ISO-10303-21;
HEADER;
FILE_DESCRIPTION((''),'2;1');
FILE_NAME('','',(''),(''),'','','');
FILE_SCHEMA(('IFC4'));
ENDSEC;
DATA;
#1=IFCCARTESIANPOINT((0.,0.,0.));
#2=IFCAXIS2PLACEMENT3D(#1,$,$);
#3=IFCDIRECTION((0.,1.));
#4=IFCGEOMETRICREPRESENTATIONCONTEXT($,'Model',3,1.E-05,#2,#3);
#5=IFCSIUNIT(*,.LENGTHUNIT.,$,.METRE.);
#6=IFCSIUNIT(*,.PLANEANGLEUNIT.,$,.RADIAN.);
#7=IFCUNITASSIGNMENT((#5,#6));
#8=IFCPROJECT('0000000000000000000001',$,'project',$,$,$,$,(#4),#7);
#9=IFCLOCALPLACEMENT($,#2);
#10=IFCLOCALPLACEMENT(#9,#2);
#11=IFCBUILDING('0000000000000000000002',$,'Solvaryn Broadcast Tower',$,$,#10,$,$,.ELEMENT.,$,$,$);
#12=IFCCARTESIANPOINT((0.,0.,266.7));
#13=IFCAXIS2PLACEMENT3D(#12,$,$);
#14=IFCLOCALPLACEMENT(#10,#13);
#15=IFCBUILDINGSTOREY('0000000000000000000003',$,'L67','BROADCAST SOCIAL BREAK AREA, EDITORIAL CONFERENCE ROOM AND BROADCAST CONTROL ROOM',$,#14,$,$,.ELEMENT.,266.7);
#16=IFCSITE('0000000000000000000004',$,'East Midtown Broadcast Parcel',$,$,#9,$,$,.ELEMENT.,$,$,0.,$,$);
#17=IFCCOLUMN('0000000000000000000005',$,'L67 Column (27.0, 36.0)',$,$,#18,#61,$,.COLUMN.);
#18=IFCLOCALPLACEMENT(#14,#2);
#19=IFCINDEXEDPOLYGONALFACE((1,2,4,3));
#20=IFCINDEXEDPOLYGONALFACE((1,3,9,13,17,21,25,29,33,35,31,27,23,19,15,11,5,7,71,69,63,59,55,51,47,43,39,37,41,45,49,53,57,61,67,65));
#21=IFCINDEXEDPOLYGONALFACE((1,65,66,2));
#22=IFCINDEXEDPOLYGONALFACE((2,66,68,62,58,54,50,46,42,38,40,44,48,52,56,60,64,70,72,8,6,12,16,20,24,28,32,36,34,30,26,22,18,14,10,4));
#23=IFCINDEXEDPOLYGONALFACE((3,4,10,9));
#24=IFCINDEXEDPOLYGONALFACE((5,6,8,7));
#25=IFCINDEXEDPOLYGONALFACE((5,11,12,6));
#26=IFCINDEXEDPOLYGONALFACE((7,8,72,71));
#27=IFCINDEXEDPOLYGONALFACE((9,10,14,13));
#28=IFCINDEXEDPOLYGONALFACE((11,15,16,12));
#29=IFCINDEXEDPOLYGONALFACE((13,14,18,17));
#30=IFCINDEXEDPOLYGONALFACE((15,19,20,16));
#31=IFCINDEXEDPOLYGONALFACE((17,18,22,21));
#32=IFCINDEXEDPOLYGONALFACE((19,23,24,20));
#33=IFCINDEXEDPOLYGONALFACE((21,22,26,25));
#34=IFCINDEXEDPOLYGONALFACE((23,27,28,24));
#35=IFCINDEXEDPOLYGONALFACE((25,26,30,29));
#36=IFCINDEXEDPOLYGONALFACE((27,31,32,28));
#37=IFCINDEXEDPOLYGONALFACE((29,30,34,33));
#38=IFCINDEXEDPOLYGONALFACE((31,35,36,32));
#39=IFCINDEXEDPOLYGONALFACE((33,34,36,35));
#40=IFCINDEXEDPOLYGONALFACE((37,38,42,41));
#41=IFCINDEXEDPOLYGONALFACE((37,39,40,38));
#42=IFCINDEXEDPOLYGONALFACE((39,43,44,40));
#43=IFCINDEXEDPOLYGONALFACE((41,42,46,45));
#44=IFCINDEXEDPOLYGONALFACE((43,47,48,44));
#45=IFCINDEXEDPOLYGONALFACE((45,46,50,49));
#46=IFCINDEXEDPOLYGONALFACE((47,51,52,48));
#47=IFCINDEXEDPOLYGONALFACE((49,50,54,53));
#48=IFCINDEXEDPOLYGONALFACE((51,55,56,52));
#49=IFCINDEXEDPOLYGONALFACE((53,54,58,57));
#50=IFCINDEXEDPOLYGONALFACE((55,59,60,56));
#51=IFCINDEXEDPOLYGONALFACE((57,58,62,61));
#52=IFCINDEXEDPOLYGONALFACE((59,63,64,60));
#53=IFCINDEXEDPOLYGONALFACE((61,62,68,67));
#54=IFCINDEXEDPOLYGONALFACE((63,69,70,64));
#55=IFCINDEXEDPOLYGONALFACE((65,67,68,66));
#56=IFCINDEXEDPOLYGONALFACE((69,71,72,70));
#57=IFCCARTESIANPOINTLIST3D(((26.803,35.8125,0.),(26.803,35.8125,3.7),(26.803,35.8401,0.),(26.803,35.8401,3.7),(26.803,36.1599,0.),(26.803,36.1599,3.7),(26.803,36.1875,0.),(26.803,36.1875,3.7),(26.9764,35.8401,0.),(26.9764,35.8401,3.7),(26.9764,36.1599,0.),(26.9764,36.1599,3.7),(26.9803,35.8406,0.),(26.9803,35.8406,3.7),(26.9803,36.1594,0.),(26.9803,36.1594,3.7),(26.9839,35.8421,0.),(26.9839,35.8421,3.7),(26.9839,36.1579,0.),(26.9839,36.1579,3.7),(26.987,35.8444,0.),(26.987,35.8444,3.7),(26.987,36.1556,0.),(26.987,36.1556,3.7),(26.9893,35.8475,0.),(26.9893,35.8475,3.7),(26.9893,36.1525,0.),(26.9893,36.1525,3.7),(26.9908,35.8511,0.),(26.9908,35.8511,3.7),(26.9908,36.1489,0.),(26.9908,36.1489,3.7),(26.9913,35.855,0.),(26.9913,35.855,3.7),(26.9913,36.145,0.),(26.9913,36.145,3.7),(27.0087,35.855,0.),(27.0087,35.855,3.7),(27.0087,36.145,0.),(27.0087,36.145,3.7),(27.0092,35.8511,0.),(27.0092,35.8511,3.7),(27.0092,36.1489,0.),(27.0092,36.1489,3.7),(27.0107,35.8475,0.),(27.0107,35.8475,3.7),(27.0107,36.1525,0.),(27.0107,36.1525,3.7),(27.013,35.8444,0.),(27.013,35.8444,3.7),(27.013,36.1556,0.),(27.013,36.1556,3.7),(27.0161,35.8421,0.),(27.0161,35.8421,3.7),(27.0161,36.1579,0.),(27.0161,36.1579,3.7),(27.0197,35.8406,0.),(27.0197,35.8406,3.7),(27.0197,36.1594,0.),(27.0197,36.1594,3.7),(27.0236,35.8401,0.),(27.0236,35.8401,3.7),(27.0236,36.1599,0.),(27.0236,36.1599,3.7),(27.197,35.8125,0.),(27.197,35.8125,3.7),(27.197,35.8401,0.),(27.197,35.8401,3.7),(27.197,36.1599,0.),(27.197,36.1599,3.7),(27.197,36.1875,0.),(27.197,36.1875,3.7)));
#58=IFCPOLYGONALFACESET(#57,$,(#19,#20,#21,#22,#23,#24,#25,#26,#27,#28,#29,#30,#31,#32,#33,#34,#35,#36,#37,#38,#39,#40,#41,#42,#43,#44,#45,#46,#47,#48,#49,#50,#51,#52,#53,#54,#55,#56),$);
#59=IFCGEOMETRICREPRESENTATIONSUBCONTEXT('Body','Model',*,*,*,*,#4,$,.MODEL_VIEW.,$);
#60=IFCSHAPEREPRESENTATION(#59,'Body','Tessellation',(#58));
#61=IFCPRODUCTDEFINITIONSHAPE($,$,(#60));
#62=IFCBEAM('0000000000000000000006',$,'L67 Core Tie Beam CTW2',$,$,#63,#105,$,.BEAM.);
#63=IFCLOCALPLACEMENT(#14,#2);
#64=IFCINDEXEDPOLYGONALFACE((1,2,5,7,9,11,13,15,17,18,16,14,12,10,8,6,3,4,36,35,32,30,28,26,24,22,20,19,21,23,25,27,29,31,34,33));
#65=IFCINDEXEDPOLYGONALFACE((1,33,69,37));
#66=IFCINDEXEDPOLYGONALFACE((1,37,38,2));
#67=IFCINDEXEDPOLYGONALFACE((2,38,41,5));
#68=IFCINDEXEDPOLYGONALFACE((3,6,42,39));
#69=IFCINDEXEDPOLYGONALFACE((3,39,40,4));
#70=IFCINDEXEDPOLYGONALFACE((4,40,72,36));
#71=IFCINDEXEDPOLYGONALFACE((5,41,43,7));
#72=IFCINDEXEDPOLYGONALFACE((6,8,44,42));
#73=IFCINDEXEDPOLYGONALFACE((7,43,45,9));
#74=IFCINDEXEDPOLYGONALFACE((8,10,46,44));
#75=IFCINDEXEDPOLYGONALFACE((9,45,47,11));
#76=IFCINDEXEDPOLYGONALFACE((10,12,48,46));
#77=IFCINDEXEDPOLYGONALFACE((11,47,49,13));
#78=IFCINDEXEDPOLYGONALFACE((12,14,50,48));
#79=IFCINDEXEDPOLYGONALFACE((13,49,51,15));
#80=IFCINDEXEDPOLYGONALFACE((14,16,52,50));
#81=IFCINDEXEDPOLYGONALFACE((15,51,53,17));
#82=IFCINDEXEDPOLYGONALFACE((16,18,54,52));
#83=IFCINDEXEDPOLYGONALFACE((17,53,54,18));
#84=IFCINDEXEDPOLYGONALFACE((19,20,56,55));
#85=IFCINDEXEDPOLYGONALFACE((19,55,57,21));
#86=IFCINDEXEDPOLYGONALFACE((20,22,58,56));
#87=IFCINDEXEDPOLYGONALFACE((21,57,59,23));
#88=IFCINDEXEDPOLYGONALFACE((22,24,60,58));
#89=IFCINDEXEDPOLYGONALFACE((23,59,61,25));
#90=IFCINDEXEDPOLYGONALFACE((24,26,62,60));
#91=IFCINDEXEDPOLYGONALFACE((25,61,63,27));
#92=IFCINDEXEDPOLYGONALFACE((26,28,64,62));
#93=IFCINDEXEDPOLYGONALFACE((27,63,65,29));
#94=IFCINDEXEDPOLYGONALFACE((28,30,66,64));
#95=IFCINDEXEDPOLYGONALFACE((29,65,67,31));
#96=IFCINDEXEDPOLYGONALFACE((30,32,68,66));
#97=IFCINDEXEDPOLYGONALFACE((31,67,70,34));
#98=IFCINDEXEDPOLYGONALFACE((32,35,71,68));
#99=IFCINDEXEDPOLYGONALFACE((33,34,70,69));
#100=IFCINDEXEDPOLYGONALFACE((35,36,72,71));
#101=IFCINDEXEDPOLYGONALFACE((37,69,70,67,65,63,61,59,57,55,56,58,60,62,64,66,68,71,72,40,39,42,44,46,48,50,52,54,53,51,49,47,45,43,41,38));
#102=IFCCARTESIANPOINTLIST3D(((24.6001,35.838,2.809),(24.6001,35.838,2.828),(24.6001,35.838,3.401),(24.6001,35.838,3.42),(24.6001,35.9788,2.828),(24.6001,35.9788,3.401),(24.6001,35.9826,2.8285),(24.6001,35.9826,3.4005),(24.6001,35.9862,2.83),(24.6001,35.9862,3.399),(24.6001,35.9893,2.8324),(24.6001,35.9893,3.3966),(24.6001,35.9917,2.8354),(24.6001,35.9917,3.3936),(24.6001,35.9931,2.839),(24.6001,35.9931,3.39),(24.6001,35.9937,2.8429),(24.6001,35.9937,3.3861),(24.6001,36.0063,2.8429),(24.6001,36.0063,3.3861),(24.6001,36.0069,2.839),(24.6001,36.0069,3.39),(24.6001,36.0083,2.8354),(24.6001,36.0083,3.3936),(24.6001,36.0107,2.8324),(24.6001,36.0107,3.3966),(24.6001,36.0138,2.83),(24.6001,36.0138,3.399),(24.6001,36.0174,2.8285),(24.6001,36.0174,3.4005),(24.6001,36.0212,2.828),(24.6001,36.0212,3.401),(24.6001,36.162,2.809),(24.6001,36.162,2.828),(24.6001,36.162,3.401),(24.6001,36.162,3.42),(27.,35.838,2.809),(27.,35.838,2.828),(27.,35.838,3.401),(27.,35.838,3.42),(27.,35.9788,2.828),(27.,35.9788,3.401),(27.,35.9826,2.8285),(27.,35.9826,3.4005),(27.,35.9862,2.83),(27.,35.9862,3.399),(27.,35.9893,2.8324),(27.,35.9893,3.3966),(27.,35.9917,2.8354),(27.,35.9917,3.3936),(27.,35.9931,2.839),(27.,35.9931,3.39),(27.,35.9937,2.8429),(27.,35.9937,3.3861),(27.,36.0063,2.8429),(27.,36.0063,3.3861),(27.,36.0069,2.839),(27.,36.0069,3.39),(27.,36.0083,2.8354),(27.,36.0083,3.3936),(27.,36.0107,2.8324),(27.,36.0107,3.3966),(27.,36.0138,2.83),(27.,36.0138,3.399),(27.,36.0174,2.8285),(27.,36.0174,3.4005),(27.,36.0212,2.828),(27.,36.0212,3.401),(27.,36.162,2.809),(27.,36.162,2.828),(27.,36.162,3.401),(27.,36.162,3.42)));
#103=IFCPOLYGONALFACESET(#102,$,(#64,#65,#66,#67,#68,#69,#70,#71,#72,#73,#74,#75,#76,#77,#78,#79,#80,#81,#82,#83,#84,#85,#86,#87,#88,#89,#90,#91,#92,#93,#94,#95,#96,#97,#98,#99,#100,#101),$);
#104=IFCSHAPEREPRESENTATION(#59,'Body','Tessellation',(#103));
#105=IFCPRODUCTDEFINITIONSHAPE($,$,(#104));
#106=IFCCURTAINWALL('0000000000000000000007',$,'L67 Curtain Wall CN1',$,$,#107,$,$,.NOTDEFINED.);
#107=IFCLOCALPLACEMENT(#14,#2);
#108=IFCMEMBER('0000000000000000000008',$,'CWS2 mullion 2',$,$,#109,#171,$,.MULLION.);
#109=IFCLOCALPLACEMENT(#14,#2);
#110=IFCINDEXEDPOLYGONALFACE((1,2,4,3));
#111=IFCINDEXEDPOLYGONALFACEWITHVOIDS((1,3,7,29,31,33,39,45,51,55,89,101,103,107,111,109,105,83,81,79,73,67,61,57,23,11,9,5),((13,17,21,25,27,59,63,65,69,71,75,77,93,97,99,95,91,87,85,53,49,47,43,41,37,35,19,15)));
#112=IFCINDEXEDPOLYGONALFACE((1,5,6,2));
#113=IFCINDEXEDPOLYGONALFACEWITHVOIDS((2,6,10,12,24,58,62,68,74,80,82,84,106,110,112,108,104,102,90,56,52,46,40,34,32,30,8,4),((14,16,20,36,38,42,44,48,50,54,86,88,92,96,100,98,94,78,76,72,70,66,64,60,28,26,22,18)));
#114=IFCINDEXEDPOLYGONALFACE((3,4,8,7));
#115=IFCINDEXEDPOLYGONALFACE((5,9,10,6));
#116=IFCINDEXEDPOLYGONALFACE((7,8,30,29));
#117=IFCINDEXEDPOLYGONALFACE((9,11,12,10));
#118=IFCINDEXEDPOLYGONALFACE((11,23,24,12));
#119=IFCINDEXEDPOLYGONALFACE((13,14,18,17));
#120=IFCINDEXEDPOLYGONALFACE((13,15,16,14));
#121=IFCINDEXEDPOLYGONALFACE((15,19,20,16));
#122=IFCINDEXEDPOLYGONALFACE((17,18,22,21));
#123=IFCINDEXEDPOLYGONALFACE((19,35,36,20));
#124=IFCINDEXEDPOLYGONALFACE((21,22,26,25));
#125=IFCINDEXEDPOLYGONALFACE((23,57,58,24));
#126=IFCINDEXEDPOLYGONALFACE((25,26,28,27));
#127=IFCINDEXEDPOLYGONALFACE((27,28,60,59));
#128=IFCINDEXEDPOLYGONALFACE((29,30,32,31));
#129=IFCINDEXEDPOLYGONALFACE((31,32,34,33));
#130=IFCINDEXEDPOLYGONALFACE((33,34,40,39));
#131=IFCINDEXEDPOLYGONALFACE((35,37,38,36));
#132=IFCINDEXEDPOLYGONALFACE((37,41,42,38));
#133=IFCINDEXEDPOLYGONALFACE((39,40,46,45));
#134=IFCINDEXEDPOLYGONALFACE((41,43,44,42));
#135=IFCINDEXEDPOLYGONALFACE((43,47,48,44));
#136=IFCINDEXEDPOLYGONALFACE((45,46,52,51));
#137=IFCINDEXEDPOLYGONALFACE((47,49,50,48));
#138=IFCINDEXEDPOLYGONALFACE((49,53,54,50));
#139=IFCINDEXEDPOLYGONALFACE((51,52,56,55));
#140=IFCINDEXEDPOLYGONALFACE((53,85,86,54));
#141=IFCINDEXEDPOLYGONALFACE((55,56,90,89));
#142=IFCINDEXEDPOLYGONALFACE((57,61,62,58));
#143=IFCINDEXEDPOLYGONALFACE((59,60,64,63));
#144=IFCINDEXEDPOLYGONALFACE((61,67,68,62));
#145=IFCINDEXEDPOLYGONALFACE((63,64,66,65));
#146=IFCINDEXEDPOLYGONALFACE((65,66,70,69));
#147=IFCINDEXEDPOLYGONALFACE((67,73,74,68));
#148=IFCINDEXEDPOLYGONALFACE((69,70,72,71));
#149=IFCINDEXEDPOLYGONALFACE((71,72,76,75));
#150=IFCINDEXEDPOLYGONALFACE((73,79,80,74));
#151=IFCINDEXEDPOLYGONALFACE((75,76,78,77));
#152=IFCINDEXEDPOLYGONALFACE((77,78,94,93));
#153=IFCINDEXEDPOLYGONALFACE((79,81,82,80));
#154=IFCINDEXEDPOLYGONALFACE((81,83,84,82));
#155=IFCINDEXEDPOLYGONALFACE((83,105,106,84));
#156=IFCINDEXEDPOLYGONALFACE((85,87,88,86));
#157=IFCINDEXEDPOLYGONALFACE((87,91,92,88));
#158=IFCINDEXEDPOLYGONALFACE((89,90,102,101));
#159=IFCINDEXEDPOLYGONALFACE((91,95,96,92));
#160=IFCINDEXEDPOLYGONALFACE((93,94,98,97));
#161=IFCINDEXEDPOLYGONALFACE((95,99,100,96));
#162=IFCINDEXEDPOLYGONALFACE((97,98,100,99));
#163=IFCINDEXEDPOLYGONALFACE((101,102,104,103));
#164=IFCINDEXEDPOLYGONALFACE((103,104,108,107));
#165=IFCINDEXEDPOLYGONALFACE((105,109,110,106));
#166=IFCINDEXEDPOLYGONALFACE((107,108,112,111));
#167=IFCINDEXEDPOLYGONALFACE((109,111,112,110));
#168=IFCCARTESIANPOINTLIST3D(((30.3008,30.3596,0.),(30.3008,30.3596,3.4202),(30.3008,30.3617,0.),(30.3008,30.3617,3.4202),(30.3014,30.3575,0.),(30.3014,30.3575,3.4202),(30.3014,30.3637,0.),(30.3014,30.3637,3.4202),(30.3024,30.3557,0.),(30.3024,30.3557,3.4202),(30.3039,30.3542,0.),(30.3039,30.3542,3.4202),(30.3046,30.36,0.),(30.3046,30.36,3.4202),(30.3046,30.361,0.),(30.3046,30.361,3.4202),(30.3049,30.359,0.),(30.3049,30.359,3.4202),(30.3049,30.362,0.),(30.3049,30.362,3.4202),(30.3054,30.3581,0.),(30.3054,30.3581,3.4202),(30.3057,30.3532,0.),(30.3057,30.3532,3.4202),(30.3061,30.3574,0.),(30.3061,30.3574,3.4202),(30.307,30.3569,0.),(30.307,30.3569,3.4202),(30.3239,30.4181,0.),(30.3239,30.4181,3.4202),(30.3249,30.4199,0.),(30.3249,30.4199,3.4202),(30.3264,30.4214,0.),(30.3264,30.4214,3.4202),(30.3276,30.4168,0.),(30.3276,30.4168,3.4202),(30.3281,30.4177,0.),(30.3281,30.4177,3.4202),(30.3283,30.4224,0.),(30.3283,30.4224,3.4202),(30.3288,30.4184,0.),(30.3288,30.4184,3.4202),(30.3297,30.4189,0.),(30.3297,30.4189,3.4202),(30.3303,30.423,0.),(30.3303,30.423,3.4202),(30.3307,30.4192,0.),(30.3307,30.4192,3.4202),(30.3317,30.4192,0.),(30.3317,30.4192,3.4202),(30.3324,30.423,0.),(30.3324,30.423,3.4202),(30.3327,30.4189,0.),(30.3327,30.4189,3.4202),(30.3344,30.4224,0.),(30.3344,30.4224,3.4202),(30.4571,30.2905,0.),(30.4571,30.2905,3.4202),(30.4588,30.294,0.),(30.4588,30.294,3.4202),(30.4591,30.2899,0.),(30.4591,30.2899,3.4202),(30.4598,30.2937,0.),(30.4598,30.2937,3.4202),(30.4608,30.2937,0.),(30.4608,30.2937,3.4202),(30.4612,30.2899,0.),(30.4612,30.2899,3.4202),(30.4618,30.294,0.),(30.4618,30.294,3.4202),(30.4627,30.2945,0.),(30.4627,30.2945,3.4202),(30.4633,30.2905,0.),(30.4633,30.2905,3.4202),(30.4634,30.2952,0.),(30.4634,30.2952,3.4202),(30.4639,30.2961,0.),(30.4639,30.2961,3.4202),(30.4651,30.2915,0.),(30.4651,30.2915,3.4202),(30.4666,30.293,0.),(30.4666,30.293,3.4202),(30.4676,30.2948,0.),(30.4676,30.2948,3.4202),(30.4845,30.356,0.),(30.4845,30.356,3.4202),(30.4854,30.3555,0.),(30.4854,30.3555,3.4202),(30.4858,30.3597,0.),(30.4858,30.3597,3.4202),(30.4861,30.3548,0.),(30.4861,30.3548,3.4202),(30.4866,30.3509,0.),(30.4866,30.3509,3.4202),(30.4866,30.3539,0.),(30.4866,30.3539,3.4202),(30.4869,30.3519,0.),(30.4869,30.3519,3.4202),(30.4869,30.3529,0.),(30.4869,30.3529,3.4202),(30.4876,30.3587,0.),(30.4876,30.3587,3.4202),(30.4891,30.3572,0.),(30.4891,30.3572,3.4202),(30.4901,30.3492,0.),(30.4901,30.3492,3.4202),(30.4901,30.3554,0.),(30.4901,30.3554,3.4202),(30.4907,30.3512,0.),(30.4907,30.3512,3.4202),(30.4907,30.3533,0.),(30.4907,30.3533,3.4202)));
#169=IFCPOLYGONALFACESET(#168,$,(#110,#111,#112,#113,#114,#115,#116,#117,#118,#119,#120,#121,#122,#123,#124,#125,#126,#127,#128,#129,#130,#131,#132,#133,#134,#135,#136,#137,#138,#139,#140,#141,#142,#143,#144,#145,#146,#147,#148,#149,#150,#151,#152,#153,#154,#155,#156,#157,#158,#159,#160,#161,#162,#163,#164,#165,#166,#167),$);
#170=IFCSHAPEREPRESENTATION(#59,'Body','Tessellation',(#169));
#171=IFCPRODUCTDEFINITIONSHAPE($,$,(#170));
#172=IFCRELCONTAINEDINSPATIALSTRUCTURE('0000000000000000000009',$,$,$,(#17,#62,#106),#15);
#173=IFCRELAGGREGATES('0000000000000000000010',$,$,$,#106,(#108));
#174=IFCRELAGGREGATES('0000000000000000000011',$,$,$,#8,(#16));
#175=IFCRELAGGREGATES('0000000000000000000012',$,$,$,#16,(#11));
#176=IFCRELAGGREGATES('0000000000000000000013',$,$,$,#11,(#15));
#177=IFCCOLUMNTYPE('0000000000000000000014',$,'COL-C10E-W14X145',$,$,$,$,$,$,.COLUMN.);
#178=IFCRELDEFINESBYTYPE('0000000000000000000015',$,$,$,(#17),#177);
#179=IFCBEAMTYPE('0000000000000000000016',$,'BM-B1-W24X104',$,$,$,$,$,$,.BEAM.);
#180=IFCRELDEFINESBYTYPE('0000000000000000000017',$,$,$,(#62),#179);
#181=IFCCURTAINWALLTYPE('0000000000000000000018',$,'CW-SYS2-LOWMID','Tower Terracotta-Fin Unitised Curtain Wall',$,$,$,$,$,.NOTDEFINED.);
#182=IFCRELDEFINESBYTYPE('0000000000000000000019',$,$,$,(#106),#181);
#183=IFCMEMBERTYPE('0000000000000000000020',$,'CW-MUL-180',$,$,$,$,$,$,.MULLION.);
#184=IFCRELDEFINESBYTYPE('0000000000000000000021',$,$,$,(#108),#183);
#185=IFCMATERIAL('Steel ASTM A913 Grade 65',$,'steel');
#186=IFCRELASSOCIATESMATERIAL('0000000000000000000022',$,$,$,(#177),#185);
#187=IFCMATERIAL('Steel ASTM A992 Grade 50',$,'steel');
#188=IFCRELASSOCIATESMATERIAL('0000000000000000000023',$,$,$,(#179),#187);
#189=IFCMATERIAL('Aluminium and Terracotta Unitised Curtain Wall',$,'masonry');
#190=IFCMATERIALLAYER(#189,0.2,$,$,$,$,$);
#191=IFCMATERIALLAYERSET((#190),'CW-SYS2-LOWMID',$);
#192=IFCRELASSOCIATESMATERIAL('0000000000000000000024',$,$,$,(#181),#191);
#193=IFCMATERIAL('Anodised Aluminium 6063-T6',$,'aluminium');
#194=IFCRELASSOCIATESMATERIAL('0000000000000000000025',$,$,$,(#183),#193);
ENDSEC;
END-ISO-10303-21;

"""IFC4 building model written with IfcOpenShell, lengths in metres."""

from ifc_helpers import new_model, si_unit, direction, frame, origin, origin_2d, place, context, subcontext, project, spatial, hollow_rectangle, i_section, extrude, material, layer, layer_set, material_profile, profile_set, type_object, element, aggregate, save


model = new_model("IFC4")

# Units and contexts
model_context = context("Model", 3, precision=1e-05, world=origin(), true_north=direction((0.0, 1.0)))
body_context = subcontext(model_context, "Body", "Model", "MODEL_VIEW")
ifc_project = project(units=[si_unit("LENGTHUNIT", "METRE"), si_unit("PLANEANGLEUNIT", "RADIAN")], contexts=[model_context])

# Site, building, storey
site_placement = place(None, origin())
site = spatial("IfcSite", under=ifc_project, at=site_placement, Name="East Midtown Broadcast Parcel", CompositionType="ELEMENT", RefElevation=0.0)
building_placement = place(site_placement, origin())
building = spatial("IfcBuilding", under=site, at=building_placement, Name="Solvaryn Broadcast Tower", CompositionType="ELEMENT")
storey_placement = place(building_placement, frame((0.0, 0.0, 266.7)))
storey = spatial("IfcBuildingStorey", under=building, at=storey_placement, Name="L67", Description="BROADCAST SOCIAL BREAK AREA, EDITORIAL CONFERENCE ROOM AND BROADCAST CONTROL ROOM", CompositionType="ELEMENT", Elevation=266.7)

# Column
ifc_material_1 = material(Name="Steel ASTM A913 Grade 65", Category="steel")
ifc_material_profile_1 = material_profile(ifc_material_1, i_section(OverallWidth=0.394, OverallDepth=0.375, WebThickness=0.0173, FlangeThickness=0.0276, FilletRadius=0.0149, at=origin_2d()))
ifc_profile_set_1 = profile_set([ifc_material_profile_1], Name="Steel ASTM A913 Grade 65")
column_type = type_object("IfcColumnType", Name="COL-C10E-W14X145", PredefinedType="COLUMN", material=ifc_profile_set_1)
column_placement = place(storey_placement, frame((27.0, 36.0, 0.0), z_axis=(0.0, 0.0, 1.0), x_axis=(1.0, 0.0, 0.0)))
element("IfcColumn", 1, at=column_placement, inside=storey, type_object=column_type, Name="L67 Column (27.0, 36.0)", PredefinedType="COLUMN", context=body_context, shape_type="SweptSolid", body=[
    extrude(i_section(OverallWidth=0.394, OverallDepth=0.375, WebThickness=0.0173, FlangeThickness=0.0276, FilletRadius=0.0149, at=origin_2d()), origin(), (0.0, 0.0, 1.0), 3.7),
])

# Beam
ifc_material_2 = material(Name="Steel ASTM A992 Grade 50", Category="steel")
ifc_material_profile_2 = material_profile(ifc_material_2, i_section(OverallWidth=0.324, OverallDepth=0.6111, WebThickness=0.0127, FlangeThickness=0.019, FilletRadius=0.0149, at=origin_2d()))
ifc_profile_set_2 = profile_set([ifc_material_profile_2], Name="Steel ASTM A992 Grade 50")
beam_type = type_object("IfcBeamType", Name="BM-B1-W24X104", PredefinedType="BEAM", material=ifc_profile_set_2)
beam_placement = place(storey_placement, frame((24.6001, 36.0, 3.1145), z_axis=(1.0, 0.0, 0.0), x_axis=(0.0, 1.0, 0.0)))
element("IfcBeam", 2, at=beam_placement, inside=storey, type_object=beam_type, Name="L67 Core Tie Beam CTW2", PredefinedType="BEAM", context=body_context, shape_type="SweptSolid", body=[
    extrude(i_section(OverallWidth=0.324, OverallDepth=0.6111, WebThickness=0.0127, FlangeThickness=0.019, FilletRadius=0.0149, at=origin_2d()), origin(), (0.0, 0.0, 1.0), 2.3999),
])

# Curtain wall, member
ifc_material_3 = material(Name="Aluminium and Terracotta Unitised Curtain Wall", Category="masonry")
ifc_layer_1 = layer(ifc_material_3, 0.2)
ifc_layer_set_1 = layer_set([ifc_layer_1], Name="CW-SYS2-LOWMID")
curtain_wall_type = type_object("IfcCurtainWallType", Name="CW-SYS2-LOWMID", Description="Tower Terracotta-Fin Unitised Curtain Wall", PredefinedType="NOTDEFINED", material=ifc_layer_set_1)
curtain_wall_1_placement = place(storey_placement, origin())
curtain_wall_1 = element("IfcCurtainWall", 3, at=curtain_wall_1_placement, inside=storey, type_object=curtain_wall_type, Name="L67 Curtain Wall CN1", PredefinedType="NOTDEFINED")
ifc_material_4 = material(Name="Anodised Aluminium 6063-T6", Category="aluminium")
ifc_material_profile_3 = material_profile(ifc_material_4, hollow_rectangle(XDim=0.075, YDim=0.1799, WallThickness=0.0039, InnerFilletRadius=0.0039, OuterFilletRadius=0.0081, at=origin_2d()))
ifc_profile_set_3 = profile_set([ifc_material_profile_3], Name="Anodised Aluminium 6063-T6")
member_type_1 = type_object("IfcMemberType", Name="CW-MUL-180", PredefinedType="MULLION", material=ifc_profile_set_3)
member_1_placement = place(storey_placement, frame((30.3958, 30.3564, 0.0), z_axis=(0.0, 0.0, 1.0), x_axis=(-0.382646, -0.923895, 0.0)))
member_1 = element("IfcMember", 4, at=member_1_placement, type_object=member_type_1, Name="CWS2 mullion 2", PredefinedType="MULLION", context=body_context, shape_type="SweptSolid", body=[
    extrude(hollow_rectangle(XDim=0.075, YDim=0.1799, WallThickness=0.0039, InnerFilletRadius=0.0039, OuterFilletRadius=0.0081, at=origin_2d()), origin(), (0.0, 0.0, 1.0), 3.4202),
])
aggregate(curtain_wall_1, [member_1])

save(model, "model.ifc")
